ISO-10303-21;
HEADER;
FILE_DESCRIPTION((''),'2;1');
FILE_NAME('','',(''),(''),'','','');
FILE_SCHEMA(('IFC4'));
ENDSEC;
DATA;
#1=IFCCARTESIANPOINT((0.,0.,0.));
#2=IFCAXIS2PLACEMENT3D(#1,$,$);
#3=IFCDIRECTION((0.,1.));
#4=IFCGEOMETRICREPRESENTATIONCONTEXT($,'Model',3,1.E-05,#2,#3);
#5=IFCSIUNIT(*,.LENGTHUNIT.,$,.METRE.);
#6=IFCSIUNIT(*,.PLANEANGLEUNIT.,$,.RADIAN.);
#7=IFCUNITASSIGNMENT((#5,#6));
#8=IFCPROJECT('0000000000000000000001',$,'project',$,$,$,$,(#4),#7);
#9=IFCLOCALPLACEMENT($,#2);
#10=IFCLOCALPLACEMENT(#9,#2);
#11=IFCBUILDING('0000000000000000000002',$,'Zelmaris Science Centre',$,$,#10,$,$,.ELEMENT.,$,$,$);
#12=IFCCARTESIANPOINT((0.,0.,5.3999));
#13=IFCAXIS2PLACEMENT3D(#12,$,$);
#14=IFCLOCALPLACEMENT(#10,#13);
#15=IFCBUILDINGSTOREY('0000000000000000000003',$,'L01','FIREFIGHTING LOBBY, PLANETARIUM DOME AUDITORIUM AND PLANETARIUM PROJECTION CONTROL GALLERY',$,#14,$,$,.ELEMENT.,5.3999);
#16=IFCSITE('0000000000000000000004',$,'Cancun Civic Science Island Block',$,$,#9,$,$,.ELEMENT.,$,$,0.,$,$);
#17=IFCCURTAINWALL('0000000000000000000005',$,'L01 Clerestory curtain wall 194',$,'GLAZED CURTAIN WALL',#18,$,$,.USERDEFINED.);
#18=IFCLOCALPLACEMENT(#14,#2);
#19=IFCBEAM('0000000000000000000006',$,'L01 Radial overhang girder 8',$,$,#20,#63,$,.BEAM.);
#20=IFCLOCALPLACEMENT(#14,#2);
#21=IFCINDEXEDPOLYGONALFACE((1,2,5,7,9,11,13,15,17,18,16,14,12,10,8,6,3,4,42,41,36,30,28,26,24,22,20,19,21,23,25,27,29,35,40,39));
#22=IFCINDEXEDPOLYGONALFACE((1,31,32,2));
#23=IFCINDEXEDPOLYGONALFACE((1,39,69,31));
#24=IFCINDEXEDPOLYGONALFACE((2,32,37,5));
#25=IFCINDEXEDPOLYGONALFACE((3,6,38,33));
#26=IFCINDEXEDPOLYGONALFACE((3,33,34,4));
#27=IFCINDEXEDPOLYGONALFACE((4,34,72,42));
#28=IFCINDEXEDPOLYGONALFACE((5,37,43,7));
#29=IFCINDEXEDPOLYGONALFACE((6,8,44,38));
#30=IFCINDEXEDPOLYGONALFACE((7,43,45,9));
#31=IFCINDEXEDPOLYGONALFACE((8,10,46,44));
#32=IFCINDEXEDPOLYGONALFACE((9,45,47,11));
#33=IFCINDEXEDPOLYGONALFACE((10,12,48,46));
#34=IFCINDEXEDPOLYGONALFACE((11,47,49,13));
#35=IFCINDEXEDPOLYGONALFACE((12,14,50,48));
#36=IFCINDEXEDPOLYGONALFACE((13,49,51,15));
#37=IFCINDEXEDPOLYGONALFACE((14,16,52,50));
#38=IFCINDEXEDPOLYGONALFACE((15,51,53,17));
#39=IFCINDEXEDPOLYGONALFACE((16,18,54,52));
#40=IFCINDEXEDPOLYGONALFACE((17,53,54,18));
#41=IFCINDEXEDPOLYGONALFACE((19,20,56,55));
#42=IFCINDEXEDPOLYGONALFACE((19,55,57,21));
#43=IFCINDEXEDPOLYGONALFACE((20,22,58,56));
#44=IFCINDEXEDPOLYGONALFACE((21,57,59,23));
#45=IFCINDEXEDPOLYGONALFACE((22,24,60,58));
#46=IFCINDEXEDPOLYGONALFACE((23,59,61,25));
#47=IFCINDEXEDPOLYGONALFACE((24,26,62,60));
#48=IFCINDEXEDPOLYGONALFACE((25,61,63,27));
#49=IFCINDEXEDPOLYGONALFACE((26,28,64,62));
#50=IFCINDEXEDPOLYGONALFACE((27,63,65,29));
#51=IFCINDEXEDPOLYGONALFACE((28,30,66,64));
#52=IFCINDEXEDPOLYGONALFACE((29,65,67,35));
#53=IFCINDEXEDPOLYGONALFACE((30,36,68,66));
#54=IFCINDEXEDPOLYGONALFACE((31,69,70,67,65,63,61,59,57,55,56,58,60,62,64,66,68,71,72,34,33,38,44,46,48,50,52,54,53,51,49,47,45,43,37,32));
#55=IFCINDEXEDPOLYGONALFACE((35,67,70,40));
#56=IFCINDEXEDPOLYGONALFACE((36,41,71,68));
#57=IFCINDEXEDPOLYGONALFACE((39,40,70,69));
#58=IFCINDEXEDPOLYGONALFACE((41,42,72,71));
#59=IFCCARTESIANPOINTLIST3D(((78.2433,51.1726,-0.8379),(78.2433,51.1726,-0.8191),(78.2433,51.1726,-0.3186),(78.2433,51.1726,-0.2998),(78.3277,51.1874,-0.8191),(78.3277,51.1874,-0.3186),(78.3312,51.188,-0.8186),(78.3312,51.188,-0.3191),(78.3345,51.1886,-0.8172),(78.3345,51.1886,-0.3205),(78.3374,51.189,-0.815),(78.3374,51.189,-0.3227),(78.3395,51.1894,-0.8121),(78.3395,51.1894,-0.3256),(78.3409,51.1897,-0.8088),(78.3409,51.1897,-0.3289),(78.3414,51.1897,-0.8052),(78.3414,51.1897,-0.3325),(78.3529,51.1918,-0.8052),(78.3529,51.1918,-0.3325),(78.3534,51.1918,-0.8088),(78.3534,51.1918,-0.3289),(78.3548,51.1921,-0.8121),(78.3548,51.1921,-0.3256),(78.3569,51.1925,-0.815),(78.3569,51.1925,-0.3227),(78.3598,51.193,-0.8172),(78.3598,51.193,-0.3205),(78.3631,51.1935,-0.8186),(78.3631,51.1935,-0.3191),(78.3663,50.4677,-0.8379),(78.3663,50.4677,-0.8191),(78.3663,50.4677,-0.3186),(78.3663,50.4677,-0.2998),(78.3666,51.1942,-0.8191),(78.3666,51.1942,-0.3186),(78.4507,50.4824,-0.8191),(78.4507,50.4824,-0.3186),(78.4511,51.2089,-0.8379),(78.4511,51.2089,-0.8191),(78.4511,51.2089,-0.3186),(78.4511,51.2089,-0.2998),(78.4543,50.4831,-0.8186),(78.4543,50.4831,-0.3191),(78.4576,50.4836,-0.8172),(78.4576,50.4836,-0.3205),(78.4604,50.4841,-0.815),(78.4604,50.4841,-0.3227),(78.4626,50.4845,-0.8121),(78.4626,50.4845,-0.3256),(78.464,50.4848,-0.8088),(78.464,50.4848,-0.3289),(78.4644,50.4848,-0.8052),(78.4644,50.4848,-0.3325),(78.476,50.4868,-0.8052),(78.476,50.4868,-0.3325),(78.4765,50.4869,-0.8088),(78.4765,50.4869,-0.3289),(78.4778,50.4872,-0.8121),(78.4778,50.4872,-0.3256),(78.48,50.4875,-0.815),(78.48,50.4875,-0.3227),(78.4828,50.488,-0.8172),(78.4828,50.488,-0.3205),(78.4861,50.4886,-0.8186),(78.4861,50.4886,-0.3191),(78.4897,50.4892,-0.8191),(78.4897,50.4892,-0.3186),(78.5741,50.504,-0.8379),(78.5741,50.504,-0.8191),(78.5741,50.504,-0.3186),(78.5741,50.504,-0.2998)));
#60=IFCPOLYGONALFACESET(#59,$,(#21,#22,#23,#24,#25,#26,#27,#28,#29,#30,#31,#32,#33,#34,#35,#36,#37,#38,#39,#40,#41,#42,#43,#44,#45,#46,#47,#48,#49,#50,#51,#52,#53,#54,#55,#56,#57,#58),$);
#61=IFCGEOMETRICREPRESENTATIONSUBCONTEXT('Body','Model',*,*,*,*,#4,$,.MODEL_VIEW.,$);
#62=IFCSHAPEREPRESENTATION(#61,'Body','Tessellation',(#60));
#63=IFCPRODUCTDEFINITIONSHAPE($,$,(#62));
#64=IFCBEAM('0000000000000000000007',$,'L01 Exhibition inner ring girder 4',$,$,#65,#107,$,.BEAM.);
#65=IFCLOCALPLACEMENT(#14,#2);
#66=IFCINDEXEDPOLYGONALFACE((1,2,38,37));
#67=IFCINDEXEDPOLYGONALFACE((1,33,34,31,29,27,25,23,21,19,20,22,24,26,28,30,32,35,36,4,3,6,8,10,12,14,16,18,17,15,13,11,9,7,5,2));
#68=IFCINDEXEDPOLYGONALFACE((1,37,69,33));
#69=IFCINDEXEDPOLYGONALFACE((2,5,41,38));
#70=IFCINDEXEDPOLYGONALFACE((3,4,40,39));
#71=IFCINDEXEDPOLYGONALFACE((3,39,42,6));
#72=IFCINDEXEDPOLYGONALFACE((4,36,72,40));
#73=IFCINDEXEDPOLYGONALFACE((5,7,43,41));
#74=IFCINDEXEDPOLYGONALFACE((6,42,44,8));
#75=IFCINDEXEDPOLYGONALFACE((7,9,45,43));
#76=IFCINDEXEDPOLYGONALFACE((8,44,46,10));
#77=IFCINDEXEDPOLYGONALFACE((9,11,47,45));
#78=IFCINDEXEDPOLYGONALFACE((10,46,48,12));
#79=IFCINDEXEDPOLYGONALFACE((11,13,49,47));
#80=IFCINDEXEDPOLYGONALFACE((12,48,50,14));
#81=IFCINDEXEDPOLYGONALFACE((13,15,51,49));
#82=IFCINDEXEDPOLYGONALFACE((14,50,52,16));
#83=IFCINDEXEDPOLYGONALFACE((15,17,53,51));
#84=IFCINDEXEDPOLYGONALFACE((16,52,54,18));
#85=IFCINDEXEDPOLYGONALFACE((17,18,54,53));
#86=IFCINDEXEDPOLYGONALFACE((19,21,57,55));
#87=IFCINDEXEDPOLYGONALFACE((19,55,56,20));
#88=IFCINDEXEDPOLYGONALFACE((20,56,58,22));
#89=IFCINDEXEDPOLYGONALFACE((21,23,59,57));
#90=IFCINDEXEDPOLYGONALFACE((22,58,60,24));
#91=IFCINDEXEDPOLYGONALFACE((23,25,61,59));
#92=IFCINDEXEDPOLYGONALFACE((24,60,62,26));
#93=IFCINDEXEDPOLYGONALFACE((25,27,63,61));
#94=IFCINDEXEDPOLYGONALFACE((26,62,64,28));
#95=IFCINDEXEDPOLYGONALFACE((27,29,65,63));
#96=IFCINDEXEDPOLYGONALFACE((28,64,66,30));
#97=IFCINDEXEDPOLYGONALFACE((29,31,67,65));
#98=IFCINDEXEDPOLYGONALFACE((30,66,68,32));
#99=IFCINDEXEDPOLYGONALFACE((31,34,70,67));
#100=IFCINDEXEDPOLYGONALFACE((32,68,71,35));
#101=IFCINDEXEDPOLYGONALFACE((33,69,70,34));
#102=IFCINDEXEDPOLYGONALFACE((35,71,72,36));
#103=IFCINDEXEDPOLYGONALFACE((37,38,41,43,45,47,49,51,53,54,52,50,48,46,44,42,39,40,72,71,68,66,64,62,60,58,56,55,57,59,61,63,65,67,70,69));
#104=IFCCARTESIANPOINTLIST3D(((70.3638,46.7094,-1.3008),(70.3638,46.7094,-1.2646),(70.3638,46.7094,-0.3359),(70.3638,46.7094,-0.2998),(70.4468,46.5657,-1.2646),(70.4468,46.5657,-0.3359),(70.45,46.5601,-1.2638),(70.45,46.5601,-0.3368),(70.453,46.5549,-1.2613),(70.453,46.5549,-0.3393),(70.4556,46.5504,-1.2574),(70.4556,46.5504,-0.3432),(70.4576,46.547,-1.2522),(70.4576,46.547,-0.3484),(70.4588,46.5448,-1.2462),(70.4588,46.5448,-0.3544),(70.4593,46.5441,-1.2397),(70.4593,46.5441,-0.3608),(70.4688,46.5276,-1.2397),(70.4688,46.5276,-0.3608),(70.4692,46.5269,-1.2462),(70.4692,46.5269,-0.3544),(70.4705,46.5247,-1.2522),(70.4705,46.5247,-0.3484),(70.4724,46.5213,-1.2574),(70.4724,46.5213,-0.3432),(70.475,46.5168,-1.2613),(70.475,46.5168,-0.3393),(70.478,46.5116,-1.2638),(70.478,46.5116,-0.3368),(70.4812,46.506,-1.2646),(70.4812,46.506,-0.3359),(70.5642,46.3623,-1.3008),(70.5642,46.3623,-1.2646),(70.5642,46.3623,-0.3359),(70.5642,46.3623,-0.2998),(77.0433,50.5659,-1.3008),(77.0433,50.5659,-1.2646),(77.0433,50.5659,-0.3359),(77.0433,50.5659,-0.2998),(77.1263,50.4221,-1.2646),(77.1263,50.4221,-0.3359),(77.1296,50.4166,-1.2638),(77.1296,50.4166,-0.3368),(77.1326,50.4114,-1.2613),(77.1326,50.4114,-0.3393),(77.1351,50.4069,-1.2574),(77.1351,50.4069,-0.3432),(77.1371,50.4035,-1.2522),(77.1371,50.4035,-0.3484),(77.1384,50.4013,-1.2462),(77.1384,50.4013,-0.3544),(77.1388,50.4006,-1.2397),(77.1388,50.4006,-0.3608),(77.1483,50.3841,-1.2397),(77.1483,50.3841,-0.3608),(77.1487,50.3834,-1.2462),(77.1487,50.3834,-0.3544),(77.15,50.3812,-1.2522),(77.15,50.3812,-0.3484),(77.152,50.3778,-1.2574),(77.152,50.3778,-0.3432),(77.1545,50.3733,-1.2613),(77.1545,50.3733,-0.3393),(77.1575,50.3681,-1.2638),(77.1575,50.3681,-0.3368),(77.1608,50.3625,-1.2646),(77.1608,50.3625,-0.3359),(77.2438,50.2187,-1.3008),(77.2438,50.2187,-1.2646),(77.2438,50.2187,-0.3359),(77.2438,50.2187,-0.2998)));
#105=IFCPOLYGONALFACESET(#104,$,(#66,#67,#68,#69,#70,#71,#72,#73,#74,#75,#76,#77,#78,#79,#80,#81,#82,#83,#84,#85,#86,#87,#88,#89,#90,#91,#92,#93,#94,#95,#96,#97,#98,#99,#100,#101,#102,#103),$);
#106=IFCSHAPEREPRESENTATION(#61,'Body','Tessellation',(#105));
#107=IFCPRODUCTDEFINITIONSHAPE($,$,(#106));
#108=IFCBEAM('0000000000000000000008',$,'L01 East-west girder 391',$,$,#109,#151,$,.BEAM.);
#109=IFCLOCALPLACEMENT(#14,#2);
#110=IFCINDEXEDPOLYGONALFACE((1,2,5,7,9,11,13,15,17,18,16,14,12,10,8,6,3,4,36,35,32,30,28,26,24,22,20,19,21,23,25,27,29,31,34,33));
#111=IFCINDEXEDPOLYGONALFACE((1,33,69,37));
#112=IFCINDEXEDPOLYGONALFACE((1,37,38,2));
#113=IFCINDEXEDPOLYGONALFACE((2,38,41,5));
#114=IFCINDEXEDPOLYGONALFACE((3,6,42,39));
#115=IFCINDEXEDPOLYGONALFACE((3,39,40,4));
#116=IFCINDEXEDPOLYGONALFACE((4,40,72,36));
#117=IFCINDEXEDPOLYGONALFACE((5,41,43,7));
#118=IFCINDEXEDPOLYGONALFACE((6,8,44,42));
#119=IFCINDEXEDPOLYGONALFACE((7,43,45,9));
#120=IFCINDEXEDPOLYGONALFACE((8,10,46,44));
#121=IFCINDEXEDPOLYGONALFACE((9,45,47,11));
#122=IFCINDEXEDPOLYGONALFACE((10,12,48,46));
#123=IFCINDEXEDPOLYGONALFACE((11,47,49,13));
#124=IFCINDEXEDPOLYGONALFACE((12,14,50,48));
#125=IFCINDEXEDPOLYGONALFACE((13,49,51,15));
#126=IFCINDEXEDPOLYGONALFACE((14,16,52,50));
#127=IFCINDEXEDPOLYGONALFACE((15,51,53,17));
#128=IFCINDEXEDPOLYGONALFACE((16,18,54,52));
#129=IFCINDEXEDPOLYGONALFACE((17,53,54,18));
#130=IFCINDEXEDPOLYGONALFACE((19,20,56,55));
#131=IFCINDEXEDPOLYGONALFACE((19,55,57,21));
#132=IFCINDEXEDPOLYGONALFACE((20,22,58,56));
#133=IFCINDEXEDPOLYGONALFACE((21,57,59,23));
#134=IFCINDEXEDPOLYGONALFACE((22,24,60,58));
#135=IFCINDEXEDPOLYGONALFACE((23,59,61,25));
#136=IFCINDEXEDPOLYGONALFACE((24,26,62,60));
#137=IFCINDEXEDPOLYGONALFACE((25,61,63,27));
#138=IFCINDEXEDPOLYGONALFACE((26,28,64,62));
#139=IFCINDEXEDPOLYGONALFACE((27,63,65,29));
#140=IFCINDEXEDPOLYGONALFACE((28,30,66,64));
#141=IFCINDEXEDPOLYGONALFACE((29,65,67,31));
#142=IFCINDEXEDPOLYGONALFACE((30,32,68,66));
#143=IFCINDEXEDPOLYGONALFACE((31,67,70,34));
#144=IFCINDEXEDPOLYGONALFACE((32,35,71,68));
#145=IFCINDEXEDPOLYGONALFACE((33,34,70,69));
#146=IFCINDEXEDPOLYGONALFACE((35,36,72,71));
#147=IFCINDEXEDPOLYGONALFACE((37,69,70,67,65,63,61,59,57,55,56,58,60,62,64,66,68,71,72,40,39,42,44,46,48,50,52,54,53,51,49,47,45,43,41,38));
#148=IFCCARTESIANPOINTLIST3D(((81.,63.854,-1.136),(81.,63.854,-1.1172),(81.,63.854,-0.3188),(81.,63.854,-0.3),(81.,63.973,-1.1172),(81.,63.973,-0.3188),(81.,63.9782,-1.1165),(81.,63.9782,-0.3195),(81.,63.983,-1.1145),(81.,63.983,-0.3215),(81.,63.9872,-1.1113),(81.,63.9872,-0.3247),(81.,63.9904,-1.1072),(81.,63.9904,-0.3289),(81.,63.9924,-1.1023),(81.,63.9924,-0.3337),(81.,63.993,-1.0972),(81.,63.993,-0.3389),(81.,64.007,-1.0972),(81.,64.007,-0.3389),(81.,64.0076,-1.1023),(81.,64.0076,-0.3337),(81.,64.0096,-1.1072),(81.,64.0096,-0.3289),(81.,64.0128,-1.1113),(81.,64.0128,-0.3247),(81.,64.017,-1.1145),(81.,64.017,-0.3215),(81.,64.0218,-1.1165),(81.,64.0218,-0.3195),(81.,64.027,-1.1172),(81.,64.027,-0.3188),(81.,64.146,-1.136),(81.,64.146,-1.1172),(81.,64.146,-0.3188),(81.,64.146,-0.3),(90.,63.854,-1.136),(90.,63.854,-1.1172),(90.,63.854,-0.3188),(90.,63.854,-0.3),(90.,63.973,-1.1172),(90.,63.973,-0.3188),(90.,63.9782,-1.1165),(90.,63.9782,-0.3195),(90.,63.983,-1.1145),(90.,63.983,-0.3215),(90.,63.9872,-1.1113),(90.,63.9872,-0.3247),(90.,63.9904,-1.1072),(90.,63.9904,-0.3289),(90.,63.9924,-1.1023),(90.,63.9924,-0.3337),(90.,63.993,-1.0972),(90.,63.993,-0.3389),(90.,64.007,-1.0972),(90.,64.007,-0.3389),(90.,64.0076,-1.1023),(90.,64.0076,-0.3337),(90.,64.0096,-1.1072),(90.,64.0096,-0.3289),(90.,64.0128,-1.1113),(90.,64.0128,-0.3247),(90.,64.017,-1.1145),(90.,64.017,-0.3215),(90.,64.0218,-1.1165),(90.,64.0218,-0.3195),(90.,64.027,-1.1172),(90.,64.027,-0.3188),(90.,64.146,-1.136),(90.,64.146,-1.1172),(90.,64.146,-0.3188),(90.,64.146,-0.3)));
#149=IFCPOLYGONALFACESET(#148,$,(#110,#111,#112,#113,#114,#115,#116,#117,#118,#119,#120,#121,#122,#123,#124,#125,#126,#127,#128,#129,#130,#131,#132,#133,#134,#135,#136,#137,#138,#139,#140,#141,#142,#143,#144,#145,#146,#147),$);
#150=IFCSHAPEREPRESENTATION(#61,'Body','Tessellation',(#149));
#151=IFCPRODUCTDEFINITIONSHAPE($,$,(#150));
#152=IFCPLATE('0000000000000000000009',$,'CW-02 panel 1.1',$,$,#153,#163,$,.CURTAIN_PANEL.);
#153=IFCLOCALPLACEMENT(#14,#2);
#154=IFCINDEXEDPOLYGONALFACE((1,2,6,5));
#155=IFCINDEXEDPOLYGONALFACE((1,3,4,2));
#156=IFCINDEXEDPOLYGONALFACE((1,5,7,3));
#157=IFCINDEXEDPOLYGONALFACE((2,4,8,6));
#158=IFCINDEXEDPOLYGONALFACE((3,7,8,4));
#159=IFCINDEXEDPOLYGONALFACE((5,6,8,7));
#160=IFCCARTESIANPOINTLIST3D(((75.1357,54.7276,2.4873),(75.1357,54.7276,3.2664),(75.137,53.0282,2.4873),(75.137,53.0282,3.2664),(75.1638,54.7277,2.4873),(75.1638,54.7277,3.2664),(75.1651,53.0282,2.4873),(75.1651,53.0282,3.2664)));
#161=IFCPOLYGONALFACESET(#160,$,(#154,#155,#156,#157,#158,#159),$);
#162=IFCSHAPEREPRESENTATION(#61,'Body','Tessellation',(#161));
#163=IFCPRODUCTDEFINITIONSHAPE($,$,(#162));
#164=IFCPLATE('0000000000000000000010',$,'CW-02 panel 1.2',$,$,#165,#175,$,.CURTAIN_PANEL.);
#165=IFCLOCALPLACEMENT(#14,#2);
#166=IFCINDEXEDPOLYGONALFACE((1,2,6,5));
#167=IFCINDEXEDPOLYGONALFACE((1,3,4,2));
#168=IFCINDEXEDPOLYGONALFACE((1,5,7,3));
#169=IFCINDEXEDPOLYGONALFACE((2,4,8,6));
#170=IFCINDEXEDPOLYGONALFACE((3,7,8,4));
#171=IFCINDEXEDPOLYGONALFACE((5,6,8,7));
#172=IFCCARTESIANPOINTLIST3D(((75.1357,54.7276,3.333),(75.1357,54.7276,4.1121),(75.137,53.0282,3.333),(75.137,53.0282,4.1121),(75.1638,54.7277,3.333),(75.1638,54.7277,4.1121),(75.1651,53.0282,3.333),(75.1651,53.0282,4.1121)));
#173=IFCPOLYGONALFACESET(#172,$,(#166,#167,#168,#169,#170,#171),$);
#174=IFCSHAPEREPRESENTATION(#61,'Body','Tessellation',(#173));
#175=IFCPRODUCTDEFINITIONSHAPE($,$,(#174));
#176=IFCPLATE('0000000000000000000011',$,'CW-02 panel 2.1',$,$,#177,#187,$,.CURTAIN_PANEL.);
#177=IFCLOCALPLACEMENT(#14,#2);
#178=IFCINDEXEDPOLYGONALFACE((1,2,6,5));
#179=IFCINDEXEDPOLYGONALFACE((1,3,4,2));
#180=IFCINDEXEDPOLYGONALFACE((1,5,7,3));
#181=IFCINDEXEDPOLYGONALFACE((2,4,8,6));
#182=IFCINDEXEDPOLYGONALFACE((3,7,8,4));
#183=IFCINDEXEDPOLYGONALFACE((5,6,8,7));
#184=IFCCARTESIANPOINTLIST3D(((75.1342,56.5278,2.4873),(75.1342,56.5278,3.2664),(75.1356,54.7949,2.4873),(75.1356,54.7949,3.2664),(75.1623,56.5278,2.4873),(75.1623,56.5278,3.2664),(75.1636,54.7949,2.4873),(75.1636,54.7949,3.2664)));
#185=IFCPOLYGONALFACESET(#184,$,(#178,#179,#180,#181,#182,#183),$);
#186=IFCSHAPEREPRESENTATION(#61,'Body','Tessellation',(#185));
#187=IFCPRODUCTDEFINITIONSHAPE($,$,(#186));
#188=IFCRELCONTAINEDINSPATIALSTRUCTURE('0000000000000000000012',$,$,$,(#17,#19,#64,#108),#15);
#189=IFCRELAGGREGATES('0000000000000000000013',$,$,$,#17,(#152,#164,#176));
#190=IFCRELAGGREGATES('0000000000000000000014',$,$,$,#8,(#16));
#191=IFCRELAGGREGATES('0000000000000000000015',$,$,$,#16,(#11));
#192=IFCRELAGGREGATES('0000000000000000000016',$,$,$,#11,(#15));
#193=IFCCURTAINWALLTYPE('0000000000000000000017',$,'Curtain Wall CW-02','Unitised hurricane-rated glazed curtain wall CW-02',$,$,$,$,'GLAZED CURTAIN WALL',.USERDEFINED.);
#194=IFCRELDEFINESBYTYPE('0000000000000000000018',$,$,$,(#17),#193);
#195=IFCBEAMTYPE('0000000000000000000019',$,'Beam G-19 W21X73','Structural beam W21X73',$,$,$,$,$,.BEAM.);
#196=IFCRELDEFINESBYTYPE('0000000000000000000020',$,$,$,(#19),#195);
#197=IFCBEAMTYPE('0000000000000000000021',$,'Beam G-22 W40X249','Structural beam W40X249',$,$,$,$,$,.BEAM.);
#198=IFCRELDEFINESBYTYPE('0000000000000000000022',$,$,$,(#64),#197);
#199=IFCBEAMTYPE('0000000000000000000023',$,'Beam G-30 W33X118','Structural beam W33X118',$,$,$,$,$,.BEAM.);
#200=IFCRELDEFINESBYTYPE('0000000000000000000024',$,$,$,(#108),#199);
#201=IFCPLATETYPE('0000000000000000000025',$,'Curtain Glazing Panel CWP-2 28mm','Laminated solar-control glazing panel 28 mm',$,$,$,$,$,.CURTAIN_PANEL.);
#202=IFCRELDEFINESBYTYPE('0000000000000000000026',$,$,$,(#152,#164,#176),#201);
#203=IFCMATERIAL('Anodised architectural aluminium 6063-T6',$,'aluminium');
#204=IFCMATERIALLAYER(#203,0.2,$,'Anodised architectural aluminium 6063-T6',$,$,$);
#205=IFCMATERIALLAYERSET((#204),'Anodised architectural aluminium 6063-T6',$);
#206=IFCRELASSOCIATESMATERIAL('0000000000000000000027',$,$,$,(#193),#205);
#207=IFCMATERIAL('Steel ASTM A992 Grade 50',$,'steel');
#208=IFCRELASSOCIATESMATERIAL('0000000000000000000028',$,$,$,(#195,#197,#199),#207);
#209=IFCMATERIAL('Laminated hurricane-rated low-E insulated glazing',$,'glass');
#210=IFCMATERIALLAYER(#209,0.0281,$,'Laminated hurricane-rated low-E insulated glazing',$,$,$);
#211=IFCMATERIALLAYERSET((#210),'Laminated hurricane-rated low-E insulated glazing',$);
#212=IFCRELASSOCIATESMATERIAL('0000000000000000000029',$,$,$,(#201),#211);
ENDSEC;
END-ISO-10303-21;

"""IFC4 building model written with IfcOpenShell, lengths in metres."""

from ifc_helpers import new_model, si_unit, direction, frame, origin, origin_2d, place, context, subcontext, project, spatial, rectangle, i_section, extrude, material, layer, layer_set, material_profile, profile_set, type_object, element, aggregate, save


model = new_model("IFC4")

# Units and contexts
model_context = context("Model", 3, precision=1e-05, world=origin(), true_north=direction((0.0, 1.0)))
body_context = subcontext(model_context, "Body", "Model", "MODEL_VIEW")
ifc_project = project(units=[si_unit("LENGTHUNIT", "METRE"), si_unit("PLANEANGLEUNIT", "RADIAN")], contexts=[model_context])

# Site, building, storey
site_placement = place(None, origin())
site = spatial("IfcSite", under=ifc_project, at=site_placement, Name="Cancun Civic Science Island Block", CompositionType="ELEMENT", RefElevation=0.0)
building_placement = place(site_placement, origin())
building = spatial("IfcBuilding", under=site, at=building_placement, Name="Zelmaris Science Centre", CompositionType="ELEMENT")
storey_placement = place(building_placement, frame((0.0, 0.0, 5.3999)))
storey = spatial("IfcBuildingStorey", under=building, at=storey_placement, Name="L01", Description="FIREFIGHTING LOBBY, PLANETARIUM DOME AUDITORIUM AND PLANETARIUM PROJECTION CONTROL GALLERY", CompositionType="ELEMENT", Elevation=5.3999)

# Shared definitions
ifc_material_1 = material(Name="Steel ASTM A992 Grade 50", Category="steel")

# Curtain wall
ifc_material_2 = material(Name="Anodised architectural aluminium 6063-T6", Category="aluminium")
ifc_layer_1 = layer(ifc_material_2, 0.2, Name="Anodised architectural aluminium 6063-T6")
ifc_layer_set_1 = layer_set([ifc_layer_1], Name="Anodised architectural aluminium 6063-T6")
curtain_wall_type = type_object("IfcCurtainWallType", Name="Curtain Wall CW-02", Description="Unitised hurricane-rated glazed curtain wall CW-02", ElementType="GLAZED CURTAIN WALL", PredefinedType="USERDEFINED", material=ifc_layer_set_1)
curtain_wall_placement = place(storey_placement, origin())
curtain_wall = element("IfcCurtainWall", 1, at=curtain_wall_placement, inside=storey, type_object=curtain_wall_type, Name="L01 Clerestory curtain wall 194", ObjectType="GLAZED CURTAIN WALL", PredefinedType="USERDEFINED")

# Beams
ifc_material_profile_1 = material_profile(ifc_material_1, i_section(OverallWidth=0.2109, OverallDepth=0.5381, WebThickness=0.0117, FlangeThickness=0.0188, FilletRadius=0.0139, at=origin_2d()), Name="W21X73")
ifc_profile_set_1 = profile_set([ifc_material_profile_1], Name="Steel ASTM A992 Grade 50")
beam_type_1 = type_object("IfcBeamType", Name="Beam G-19 W21X73", Description="Structural beam W21X73", PredefinedType="BEAM", material=ifc_profile_set_1)
beam_1_placement = place(storey_placement, frame((78.4702, 50.4858, -0.5688), z_axis=(-0.171975, 0.985101, 0.0), x_axis=(-0.985101, -0.171975, 0.0)))
element("IfcBeam", 2, at=beam_1_placement, inside=storey, type_object=beam_type_1, Name="L01 Radial overhang girder 8", PredefinedType="BEAM", context=body_context, shape_type="SweptSolid", body=[
    extrude(i_section(OverallWidth=0.2109, OverallDepth=0.5381, WebThickness=0.0117, FlangeThickness=0.0188, FilletRadius=0.0139, at=origin_2d()), origin(), (0.0, 0.0, 1.0), 0.7156),
])
ifc_material_profile_2 = material_profile(ifc_material_1, i_section(OverallWidth=0.4009, OverallDepth=1.001, WebThickness=0.019, FlangeThickness=0.0361, FilletRadius=0.0249, at=origin_2d()), Name="W40X249")
ifc_profile_set_2 = profile_set([ifc_material_profile_2], Name="Steel ASTM A992 Grade 50")
beam_type_2 = type_object("IfcBeamType", Name="Beam G-22 W40X249", Description="Structural beam W40X249", PredefinedType="BEAM", material=ifc_profile_set_2)
beam_2_placement = place(storey_placement, frame((77.1436, 50.3923, -0.8003), z_axis=(-0.866022, -0.500007, 0.0), x_axis=(0.500007, -0.866022, 0.0)))
element("IfcBeam", 3, at=beam_2_placement, inside=storey, type_object=beam_type_2, Name="L01 Exhibition inner ring girder 4", PredefinedType="BEAM", context=body_context, shape_type="SweptSolid", body=[
    extrude(i_section(OverallWidth=0.4009, OverallDepth=1.001, WebThickness=0.019, FlangeThickness=0.0361, FilletRadius=0.0249, at=origin_2d()), origin(), (0.0, 0.0, 1.0), 7.7129),
])
ifc_material_profile_3 = material_profile(ifc_material_1, i_section(OverallWidth=0.292, OverallDepth=0.8359, WebThickness=0.0139, FlangeThickness=0.0188, FilletRadius=0.02, at=origin_2d()), Name="W33X118")
ifc_profile_set_3 = profile_set([ifc_material_profile_3], Name="Steel ASTM A992 Grade 50")
beam_type_3 = type_object("IfcBeamType", Name="Beam G-30 W33X118", Description="Structural beam W33X118", PredefinedType="BEAM", material=ifc_profile_set_3)
beam_3_placement = place(storey_placement, frame((81.0, 64.0, -0.718), z_axis=(1.0, 0.0, 0.0), x_axis=(0.0, 1.0, 0.0)))
element("IfcBeam", 4, at=beam_3_placement, inside=storey, type_object=beam_type_3, Name="L01 East-west girder 391", PredefinedType="BEAM", context=body_context, shape_type="SweptSolid", body=[
    extrude(i_section(OverallWidth=0.292, OverallDepth=0.8359, WebThickness=0.0139, FlangeThickness=0.0188, FilletRadius=0.02, at=origin_2d()), origin(), (0.0, 0.0, 1.0), 9.0),
])

# Plates
ifc_material_3 = material(Name="Laminated hurricane-rated low-E insulated glazing", Category="glass")
ifc_layer_2 = layer(ifc_material_3, 0.0281, Name="Laminated hurricane-rated low-E insulated glazing")
ifc_layer_set_2 = layer_set([ifc_layer_2], Name="Laminated hurricane-rated low-E insulated glazing")
plate_type = type_object("IfcPlateType", Name="Curtain Glazing Panel CWP-2 28mm", Description="Laminated solar-control glazing panel 28 mm", PredefinedType="CURTAIN_PANEL", material=ifc_layer_set_2)
plate_1_placement = place(storey_placement, frame((75.1504, 53.8779, 2.4873), z_axis=(0.0, 0.0, 1.0), x_axis=(-0.000778, 1.0, 0.0)))
plate_1 = element("IfcPlate", 5, at=plate_1_placement, type_object=plate_type, Name="CW-02 panel 1.1", PredefinedType="CURTAIN_PANEL", context=body_context, shape_type="SweptSolid", body=[
    extrude(rectangle(XDim=1.6995, YDim=0.0281, at=origin_2d()), origin(), (0.0, 0.0, 1.0), 0.7791),
])
plate_2_placement = place(storey_placement, frame((75.1504, 53.8779, 3.333), z_axis=(0.0, 0.0, 1.0), x_axis=(-0.000778, 1.0, 0.0)))
plate_2 = element("IfcPlate", 6, at=plate_2_placement, type_object=plate_type, Name="CW-02 panel 1.2", PredefinedType="CURTAIN_PANEL", context=body_context, shape_type="SweptSolid", body=[
    extrude(rectangle(XDim=1.6995, YDim=0.0281, at=origin_2d()), origin(), (0.0, 0.0, 1.0), 0.7791),
])
plate_3_placement = place(storey_placement, frame((75.1489, 55.6614, 2.4873), z_axis=(0.0, 0.0, 1.0), x_axis=(-0.000778, 1.0, 0.0)))
plate_3 = element("IfcPlate", 7, at=plate_3_placement, type_object=plate_type, Name="CW-02 panel 2.1", PredefinedType="CURTAIN_PANEL", context=body_context, shape_type="SweptSolid", body=[
    extrude(rectangle(XDim=1.7329, YDim=0.0281, at=origin_2d()), origin(), (0.0, 0.0, 1.0), 0.7791),
])
aggregate(curtain_wall, [plate_1, plate_2, plate_3])

save(model, "model.ifc")
